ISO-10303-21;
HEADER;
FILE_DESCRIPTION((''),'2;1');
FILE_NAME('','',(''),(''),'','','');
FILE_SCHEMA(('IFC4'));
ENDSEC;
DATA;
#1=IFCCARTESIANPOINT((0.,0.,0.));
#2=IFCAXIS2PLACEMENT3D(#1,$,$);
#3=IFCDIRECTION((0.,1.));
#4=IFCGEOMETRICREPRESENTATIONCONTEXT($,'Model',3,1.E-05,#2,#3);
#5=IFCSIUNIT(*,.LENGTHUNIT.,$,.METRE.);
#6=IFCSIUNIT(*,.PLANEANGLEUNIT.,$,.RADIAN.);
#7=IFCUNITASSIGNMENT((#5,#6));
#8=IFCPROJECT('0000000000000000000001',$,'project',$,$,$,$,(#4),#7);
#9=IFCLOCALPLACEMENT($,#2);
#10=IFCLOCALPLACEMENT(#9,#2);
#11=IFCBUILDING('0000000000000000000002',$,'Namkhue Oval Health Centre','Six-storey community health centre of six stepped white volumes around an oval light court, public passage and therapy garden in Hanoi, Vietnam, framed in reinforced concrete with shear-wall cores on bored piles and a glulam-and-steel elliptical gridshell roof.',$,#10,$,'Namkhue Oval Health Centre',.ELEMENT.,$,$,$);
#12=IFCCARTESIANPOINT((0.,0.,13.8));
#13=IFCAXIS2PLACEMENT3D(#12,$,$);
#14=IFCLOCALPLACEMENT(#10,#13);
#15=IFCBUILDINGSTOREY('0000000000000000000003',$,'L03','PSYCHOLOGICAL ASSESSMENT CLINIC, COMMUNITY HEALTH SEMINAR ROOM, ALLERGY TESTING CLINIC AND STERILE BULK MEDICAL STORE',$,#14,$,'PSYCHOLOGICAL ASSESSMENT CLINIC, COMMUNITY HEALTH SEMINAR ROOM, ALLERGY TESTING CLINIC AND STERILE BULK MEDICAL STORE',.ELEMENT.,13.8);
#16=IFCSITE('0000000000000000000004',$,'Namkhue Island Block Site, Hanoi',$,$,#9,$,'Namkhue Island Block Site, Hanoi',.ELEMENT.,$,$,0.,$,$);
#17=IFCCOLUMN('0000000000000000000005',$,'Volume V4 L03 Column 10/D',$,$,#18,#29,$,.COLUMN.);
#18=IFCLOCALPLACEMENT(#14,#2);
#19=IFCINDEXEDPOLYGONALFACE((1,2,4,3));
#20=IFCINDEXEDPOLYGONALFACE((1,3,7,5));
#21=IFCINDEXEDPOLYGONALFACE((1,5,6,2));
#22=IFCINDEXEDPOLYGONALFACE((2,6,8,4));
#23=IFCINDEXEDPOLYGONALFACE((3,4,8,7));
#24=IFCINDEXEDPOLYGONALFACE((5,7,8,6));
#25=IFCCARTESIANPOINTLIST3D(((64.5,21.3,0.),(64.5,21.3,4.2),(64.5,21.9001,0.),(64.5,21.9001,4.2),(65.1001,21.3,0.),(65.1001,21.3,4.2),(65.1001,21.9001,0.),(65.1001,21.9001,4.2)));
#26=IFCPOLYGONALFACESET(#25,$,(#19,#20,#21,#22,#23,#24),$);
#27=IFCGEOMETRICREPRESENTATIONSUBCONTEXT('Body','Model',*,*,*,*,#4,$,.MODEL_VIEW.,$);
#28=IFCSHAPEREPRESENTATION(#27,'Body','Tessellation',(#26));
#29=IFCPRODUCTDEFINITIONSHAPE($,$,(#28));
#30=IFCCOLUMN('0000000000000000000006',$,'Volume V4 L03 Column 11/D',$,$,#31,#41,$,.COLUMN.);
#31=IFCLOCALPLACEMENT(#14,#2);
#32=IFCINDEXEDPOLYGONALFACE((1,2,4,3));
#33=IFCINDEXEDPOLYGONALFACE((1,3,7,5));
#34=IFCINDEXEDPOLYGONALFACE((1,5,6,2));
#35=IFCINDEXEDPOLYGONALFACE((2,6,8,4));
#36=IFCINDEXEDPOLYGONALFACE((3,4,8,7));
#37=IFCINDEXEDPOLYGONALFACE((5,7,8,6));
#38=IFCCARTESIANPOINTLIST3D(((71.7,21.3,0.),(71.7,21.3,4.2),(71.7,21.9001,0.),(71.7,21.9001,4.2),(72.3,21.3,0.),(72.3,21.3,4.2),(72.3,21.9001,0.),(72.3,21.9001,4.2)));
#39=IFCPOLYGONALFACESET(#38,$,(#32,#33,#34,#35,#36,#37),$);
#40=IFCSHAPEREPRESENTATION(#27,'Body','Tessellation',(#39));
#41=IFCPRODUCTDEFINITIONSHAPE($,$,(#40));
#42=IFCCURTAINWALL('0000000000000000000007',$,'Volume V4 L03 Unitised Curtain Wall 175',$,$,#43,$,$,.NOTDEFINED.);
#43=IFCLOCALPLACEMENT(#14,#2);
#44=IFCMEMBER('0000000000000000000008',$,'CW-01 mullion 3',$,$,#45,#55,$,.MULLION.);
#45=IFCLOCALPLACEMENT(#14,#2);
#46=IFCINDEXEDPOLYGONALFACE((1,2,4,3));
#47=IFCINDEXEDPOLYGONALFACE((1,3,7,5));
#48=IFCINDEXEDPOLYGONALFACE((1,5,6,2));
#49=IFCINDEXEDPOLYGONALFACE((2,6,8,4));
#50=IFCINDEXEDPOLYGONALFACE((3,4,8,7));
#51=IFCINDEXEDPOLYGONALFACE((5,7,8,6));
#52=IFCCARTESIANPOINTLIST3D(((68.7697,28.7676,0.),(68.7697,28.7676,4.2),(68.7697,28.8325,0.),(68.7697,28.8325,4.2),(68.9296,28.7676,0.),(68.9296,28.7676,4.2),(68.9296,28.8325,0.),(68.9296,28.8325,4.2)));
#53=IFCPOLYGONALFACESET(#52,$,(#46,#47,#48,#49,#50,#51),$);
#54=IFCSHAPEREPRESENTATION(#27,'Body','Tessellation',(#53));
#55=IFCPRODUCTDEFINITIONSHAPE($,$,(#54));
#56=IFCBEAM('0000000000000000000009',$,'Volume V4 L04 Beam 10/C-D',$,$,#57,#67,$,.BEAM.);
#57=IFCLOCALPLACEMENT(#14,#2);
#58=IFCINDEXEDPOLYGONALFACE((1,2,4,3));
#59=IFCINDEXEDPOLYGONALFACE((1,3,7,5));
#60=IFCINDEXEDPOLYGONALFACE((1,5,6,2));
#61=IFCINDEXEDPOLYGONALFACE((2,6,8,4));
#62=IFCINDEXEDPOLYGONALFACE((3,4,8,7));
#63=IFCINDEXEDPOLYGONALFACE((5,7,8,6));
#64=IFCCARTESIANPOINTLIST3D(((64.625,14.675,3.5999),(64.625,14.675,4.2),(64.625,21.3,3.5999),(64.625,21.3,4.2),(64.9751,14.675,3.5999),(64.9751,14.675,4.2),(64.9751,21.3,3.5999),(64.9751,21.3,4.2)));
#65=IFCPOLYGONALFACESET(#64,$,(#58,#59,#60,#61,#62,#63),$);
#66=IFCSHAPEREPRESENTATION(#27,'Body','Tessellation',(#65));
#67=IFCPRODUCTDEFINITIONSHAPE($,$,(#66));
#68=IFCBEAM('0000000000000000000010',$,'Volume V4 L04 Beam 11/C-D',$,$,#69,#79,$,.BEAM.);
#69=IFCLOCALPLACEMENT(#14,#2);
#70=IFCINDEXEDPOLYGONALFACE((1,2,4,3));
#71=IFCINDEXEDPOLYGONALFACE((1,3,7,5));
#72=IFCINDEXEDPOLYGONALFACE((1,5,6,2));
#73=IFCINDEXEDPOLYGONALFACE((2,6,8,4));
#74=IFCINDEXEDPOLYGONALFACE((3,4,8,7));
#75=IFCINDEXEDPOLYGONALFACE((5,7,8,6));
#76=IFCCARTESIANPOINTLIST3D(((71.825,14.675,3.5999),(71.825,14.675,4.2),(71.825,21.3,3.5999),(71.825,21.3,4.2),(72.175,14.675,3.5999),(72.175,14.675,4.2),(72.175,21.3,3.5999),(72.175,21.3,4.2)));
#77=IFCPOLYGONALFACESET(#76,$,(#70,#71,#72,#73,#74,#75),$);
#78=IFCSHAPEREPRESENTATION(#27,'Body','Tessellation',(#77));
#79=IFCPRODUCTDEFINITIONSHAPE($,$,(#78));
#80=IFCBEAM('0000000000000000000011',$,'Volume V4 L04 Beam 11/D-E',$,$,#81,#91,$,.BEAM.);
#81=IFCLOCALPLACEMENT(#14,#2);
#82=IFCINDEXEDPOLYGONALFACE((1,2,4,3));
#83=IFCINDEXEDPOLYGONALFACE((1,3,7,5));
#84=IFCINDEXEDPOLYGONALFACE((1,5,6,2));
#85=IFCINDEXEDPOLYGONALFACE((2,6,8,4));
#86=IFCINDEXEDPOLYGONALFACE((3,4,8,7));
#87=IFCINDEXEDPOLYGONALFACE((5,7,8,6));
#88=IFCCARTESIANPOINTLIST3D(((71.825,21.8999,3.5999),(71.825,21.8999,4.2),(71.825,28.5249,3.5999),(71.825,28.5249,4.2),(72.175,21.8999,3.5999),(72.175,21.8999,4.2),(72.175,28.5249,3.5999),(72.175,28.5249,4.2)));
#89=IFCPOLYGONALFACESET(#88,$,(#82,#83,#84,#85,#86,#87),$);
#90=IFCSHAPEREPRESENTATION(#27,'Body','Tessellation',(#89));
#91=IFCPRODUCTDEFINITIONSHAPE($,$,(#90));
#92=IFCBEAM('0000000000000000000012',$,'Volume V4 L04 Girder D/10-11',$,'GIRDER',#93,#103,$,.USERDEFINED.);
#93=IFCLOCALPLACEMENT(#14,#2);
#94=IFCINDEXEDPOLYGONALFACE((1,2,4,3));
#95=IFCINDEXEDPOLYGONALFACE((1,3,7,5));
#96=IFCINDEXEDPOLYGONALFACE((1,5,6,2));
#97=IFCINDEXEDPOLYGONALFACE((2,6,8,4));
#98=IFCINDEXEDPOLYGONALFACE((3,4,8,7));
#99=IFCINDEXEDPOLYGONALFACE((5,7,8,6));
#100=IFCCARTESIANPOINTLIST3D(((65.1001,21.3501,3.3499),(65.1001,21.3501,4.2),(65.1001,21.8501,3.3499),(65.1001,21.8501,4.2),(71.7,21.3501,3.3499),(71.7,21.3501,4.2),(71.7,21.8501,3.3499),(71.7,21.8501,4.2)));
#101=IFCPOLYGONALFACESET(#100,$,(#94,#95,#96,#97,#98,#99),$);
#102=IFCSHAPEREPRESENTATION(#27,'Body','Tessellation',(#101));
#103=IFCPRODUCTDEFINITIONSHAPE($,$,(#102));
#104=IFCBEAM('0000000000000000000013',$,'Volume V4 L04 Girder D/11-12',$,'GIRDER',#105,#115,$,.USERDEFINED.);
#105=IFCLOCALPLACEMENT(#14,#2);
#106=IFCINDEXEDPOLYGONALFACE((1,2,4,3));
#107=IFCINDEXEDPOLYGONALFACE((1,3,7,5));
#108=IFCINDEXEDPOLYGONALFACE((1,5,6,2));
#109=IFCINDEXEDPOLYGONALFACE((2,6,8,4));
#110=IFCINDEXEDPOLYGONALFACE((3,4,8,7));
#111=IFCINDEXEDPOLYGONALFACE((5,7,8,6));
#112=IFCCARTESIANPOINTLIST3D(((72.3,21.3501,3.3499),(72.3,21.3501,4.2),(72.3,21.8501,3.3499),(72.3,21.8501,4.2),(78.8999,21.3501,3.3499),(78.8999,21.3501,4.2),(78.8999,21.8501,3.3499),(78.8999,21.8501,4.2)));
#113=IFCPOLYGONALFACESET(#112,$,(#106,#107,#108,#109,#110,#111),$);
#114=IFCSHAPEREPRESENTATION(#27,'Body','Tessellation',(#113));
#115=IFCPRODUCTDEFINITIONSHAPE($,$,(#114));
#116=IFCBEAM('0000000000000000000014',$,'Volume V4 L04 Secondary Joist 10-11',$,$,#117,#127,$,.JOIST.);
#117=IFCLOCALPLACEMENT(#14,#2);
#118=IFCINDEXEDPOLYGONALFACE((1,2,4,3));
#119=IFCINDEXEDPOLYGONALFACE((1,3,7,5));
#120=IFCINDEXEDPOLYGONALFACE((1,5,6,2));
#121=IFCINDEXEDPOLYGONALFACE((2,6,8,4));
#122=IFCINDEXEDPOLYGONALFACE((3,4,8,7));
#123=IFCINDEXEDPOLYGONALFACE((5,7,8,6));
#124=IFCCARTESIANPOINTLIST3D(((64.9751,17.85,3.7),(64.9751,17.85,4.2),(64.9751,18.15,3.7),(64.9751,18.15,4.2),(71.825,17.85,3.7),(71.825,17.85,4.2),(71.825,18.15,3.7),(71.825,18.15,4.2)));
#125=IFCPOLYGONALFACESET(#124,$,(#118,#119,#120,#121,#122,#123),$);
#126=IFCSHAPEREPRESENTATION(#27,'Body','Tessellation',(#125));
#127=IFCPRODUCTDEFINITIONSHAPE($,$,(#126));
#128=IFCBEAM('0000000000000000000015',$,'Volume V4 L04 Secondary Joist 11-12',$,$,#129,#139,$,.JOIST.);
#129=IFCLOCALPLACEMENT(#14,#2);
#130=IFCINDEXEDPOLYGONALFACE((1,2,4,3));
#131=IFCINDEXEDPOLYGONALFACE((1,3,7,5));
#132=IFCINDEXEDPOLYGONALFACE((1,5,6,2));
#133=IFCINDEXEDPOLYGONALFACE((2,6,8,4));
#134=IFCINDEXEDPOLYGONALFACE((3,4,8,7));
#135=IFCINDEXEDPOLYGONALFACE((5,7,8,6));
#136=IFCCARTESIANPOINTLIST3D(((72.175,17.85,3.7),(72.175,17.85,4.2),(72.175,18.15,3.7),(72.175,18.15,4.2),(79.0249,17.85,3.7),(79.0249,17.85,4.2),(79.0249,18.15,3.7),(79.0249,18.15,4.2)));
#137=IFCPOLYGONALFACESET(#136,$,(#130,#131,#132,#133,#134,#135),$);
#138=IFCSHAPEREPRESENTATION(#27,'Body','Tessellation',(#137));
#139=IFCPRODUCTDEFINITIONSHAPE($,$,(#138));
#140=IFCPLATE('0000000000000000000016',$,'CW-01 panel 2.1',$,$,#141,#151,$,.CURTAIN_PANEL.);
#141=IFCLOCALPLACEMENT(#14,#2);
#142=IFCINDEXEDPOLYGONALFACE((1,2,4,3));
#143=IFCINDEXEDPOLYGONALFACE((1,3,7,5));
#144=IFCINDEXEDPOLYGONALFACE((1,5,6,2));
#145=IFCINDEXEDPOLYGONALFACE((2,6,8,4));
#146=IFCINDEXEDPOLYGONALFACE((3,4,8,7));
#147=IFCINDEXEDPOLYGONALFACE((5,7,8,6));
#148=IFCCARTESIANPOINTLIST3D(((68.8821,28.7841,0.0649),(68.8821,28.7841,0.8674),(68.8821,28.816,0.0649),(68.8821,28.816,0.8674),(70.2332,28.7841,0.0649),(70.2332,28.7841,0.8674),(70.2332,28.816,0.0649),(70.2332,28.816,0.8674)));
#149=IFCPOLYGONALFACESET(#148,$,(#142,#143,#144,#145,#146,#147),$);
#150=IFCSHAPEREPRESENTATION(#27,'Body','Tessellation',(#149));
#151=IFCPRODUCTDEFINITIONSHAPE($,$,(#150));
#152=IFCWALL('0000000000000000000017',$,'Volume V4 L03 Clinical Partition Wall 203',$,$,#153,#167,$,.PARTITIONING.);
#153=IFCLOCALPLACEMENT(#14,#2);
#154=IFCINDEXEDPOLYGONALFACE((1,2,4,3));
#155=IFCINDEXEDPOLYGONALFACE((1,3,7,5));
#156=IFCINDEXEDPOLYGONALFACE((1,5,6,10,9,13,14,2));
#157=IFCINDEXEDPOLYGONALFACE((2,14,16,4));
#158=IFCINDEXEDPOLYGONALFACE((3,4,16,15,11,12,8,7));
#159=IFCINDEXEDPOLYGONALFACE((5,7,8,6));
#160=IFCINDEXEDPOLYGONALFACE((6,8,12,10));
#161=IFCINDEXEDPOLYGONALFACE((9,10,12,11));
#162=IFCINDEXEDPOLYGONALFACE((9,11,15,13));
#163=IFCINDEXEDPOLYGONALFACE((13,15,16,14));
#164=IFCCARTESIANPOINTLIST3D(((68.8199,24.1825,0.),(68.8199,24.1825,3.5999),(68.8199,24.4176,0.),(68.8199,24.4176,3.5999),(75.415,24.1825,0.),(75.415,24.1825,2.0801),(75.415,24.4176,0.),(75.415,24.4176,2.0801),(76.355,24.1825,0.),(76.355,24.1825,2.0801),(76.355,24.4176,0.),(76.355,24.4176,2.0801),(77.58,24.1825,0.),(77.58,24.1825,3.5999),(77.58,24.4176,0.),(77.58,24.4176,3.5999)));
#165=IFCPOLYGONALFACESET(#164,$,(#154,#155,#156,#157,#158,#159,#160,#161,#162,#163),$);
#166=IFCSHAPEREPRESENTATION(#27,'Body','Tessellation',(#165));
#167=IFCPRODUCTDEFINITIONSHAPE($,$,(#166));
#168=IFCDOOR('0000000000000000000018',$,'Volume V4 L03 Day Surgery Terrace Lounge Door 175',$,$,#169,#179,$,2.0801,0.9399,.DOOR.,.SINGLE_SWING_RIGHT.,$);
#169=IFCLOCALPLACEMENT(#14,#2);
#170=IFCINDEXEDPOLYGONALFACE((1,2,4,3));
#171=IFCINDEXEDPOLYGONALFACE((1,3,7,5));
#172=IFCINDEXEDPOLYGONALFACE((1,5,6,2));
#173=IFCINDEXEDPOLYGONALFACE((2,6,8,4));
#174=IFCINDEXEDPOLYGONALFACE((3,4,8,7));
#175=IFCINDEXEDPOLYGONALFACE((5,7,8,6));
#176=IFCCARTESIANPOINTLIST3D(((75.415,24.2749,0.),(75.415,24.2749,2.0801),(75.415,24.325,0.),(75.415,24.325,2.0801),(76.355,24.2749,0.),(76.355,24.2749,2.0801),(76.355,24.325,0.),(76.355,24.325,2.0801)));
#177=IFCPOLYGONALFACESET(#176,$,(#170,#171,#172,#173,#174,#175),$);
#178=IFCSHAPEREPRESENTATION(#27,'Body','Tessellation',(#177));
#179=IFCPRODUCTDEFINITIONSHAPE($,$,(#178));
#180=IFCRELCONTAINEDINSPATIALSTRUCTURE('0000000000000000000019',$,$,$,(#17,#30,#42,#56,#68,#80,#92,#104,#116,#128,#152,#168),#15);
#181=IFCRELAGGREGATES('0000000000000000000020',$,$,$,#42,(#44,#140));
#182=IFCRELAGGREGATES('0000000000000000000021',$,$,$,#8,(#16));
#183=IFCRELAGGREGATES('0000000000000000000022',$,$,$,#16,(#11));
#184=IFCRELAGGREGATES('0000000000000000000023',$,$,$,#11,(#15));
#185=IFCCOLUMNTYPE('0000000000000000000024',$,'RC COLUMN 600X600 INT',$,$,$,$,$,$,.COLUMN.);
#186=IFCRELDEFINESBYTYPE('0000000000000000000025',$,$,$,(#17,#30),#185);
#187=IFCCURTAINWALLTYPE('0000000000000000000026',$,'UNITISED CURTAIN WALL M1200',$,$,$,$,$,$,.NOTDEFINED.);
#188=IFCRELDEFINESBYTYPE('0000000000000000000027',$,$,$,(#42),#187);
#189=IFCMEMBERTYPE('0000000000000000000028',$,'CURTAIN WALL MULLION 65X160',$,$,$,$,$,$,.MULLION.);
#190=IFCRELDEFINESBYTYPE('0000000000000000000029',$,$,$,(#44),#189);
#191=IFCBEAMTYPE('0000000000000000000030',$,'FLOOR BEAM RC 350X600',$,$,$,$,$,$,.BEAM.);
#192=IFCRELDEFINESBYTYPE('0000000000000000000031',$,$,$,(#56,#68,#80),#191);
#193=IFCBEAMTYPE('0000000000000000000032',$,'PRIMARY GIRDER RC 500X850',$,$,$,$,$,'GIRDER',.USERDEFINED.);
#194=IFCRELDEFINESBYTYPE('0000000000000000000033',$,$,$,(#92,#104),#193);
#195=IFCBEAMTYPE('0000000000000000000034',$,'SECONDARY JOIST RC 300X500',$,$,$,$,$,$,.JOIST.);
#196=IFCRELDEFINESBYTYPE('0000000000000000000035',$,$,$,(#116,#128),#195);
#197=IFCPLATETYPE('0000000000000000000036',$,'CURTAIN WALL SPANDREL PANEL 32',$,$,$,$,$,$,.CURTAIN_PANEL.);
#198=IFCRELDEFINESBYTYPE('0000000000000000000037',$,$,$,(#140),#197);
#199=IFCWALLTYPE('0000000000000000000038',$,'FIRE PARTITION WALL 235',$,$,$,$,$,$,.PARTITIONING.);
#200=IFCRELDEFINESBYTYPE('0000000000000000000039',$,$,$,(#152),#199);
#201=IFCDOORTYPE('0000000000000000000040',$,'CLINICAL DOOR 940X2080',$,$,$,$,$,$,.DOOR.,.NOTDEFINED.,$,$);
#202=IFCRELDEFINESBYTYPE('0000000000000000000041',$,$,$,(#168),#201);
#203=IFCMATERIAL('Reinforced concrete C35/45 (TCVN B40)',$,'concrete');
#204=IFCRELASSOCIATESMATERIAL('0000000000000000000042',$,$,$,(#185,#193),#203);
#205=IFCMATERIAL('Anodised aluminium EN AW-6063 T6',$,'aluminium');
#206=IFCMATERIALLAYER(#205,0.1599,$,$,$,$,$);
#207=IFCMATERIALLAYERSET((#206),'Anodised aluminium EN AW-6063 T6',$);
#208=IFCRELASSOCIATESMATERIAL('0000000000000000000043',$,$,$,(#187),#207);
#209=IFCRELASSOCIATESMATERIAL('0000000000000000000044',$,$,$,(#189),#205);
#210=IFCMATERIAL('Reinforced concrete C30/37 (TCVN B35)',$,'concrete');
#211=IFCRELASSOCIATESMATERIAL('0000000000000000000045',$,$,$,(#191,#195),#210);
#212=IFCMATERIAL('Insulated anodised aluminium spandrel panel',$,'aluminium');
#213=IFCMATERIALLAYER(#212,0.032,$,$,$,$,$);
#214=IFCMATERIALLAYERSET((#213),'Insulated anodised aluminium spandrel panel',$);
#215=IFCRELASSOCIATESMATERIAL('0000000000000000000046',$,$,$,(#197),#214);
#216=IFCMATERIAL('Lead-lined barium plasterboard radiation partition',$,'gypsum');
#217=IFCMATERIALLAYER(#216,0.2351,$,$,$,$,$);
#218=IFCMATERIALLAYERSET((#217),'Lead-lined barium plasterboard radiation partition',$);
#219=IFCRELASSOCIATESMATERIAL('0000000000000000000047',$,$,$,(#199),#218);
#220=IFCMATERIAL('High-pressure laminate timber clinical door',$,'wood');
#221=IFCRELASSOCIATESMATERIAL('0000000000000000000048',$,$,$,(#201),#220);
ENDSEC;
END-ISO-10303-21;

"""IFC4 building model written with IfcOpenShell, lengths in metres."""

from ifc_helpers import new_model, si_unit, direction, frame, frame_2d, origin, origin_2d, place, context, subcontext, project, spatial, rectangle, extrude, material, layer, layer_set, material_profile, profile_set, type_object, element, fill, aggregate, save


model = new_model("IFC4")

# Units and contexts
model_context = context("Model", 3, precision=1e-05, world=origin(), true_north=direction((0.0, 1.0)))
body_context = subcontext(model_context, "Body", "Model", "MODEL_VIEW")
ifc_project = project(units=[si_unit("LENGTHUNIT", "METRE"), si_unit("PLANEANGLEUNIT", "RADIAN")], contexts=[model_context])

# Site, building, storey
site_placement = place(None, origin())
site = spatial("IfcSite", under=ifc_project, at=site_placement, Name="Namkhue Island Block Site, Hanoi", LongName="Namkhue Island Block Site, Hanoi", CompositionType="ELEMENT", RefElevation=0.0)
building_placement = place(site_placement, origin())
building = spatial("IfcBuilding", under=site, at=building_placement, Name="Namkhue Oval Health Centre", Description="Six-storey community health centre of six stepped white volumes around an oval light court, public passage and therapy garden in Hanoi, Vietnam, framed in reinforced concrete with shear-wall cores on bored piles and a glulam-and-steel elliptical gridshell roof.", LongName="Namkhue Oval Health Centre", CompositionType="ELEMENT")
storey_placement = place(building_placement, frame((0.0, 0.0, 13.8)))
storey = spatial("IfcBuildingStorey", under=building, at=storey_placement, Name="L03", Description="PSYCHOLOGICAL ASSESSMENT CLINIC, COMMUNITY HEALTH SEMINAR ROOM, ALLERGY TESTING CLINIC AND STERILE BULK MEDICAL STORE", LongName="PSYCHOLOGICAL ASSESSMENT CLINIC, COMMUNITY HEALTH SEMINAR ROOM, ALLERGY TESTING CLINIC AND STERILE BULK MEDICAL STORE", CompositionType="ELEMENT", Elevation=13.8)

# Columns
ifc_material_1 = material(Name="Reinforced concrete C35/45 (TCVN B40)", Category="concrete")
ifc_material_profile_1 = material_profile(ifc_material_1, rectangle(XDim=0.6001, YDim=0.6001, at=origin_2d()), Name="RC 600x600")
ifc_profile_set_1 = profile_set([ifc_material_profile_1], Name="Reinforced concrete C35/45 (TCVN B40)")
column_type = type_object("IfcColumnType", Name="RC COLUMN 600X600 INT", PredefinedType="COLUMN", material=ifc_profile_set_1)
for number, where, z_axis, x_axis, name in (
    (1, (64.8, 21.6001, 0.0), (0.0, 0.0, 1.0), (1.0, 0.0, 0.0), "Volume V4 L03 Column 10/D"),
    (2, (72.0, 21.6001, 0.0), (0.0, 0.0, 1.0), (1.0, 0.0, 0.0), "Volume V4 L03 Column 11/D"),
):
    element("IfcColumn", number, at=place(storey_placement, frame(where, z_axis=z_axis, x_axis=x_axis)), inside=storey, type_object=column_type, Name=name, PredefinedType="COLUMN", context=body_context, shape_type="SweptSolid", body=[
        extrude(rectangle(XDim=0.6001, YDim=0.6001, at=origin_2d()), origin(), (0.0, 0.0, 1.0), 4.2),
    ])

# Curtain wall, member
ifc_material_2 = material(Name="Anodised aluminium EN AW-6063 T6", Category="aluminium")
ifc_layer_1 = layer(ifc_material_2, 0.1599)
ifc_layer_set_1 = layer_set([ifc_layer_1], Name="Anodised aluminium EN AW-6063 T6")
curtain_wall_type = type_object("IfcCurtainWallType", Name="UNITISED CURTAIN WALL M1200", PredefinedType="NOTDEFINED", material=ifc_layer_set_1)
curtain_wall_placement = place(storey_placement, origin())
curtain_wall = element("IfcCurtainWall", 3, at=curtain_wall_placement, inside=storey, type_object=curtain_wall_type, Name="Volume V4 L03 Unitised Curtain Wall 175", PredefinedType="NOTDEFINED")
ifc_material_profile_2 = material_profile(ifc_material_2, rectangle(XDim=0.0649, YDim=0.1599, at=origin_2d()), Name="ALU 65x160")
ifc_profile_set_2 = profile_set([ifc_material_profile_2], Name="Anodised aluminium EN AW-6063 T6")
member_type = type_object("IfcMemberType", Name="CURTAIN WALL MULLION 65X160", PredefinedType="MULLION", material=ifc_profile_set_2)
member_placement = place(storey_placement, frame((68.8496, 28.8, 0.0), z_axis=(0.0, 0.0, 1.0), x_axis=(0.0, -1.0, 0.0)))
member = element("IfcMember", 4, at=member_placement, type_object=member_type, Name="CW-01 mullion 3", PredefinedType="MULLION", context=body_context, shape_type="SweptSolid", body=[
    extrude(rectangle(XDim=0.0649, YDim=0.1599, at=origin_2d()), origin(), (0.0, 0.0, 1.0), 4.2),
])

# Beams
ifc_material_3 = material(Name="Reinforced concrete C30/37 (TCVN B35)", Category="concrete")
ifc_material_profile_3 = material_profile(ifc_material_3, rectangle(XDim=0.3501, YDim=0.6001, at=origin_2d()), Name="RC 350x600")
ifc_profile_set_3 = profile_set([ifc_material_profile_3], Name="Reinforced concrete C30/37 (TCVN B35)")
beam_type_1 = type_object("IfcBeamType", Name="FLOOR BEAM RC 350X600", PredefinedType="BEAM", material=ifc_profile_set_3)
for number, where, z_axis, x_axis, name in (
    (5, (64.8, 14.675, 3.8999), (0.0, 1.0, 0.0), (-1.0, 0.0, 0.0), "Volume V4 L04 Beam 10/C-D"),
    (6, (72.0, 14.675, 3.8999), (0.0, 1.0, 0.0), (-1.0, 0.0, 0.0), "Volume V4 L04 Beam 11/C-D"),
    (7, (72.0, 21.8999, 3.8999), (0.0, 1.0, 0.0), (-1.0, 0.0, 0.0), "Volume V4 L04 Beam 11/D-E"),
):
    element("IfcBeam", number, at=place(storey_placement, frame(where, z_axis=z_axis, x_axis=x_axis)), inside=storey, type_object=beam_type_1, Name=name, PredefinedType="BEAM", context=body_context, shape_type="SweptSolid", body=[
        extrude(rectangle(XDim=0.3501, YDim=0.6001, at=origin_2d()), origin(), (0.0, 0.0, 1.0), 6.625),
    ])
ifc_material_profile_4 = material_profile(ifc_material_1, rectangle(XDim=0.5, YDim=0.8501, at=origin_2d()), Name="RC 500x850")
ifc_profile_set_4 = profile_set([ifc_material_profile_4], Name="Reinforced concrete C35/45 (TCVN B40)")
beam_type_2 = type_object("IfcBeamType", Name="PRIMARY GIRDER RC 500X850", ElementType="GIRDER", PredefinedType="USERDEFINED", material=ifc_profile_set_4)
for number, where, z_axis, x_axis, name in (
    (8, (65.1001, 21.6001, 3.7749), (1.0, 0.0, 0.0), (0.0, 1.0, 0.0), "Volume V4 L04 Girder D/10-11"),
    (9, (72.3, 21.6001, 3.7749), (1.0, 0.0, 0.0), (0.0, 1.0, 0.0), "Volume V4 L04 Girder D/11-12"),
):
    element("IfcBeam", number, at=place(storey_placement, frame(where, z_axis=z_axis, x_axis=x_axis)), inside=storey, type_object=beam_type_2, Name=name, ObjectType="GIRDER", PredefinedType="USERDEFINED", context=body_context, shape_type="SweptSolid", body=[
        extrude(rectangle(XDim=0.5, YDim=0.8501, at=origin_2d()), origin(), (0.0, 0.0, 1.0), 6.5999),
    ])
ifc_material_profile_5 = material_profile(ifc_material_3, rectangle(XDim=0.3, YDim=0.5, at=origin_2d()), Name="RC 300x500")
ifc_profile_set_5 = profile_set([ifc_material_profile_5], Name="Reinforced concrete C30/37 (TCVN B35)")
beam_type_3 = type_object("IfcBeamType", Name="SECONDARY JOIST RC 300X500", PredefinedType="JOIST", material=ifc_profile_set_5)
for number, where, z_axis, x_axis, name in (
    (10, (64.9751, 18.0, 3.95), (1.0, 0.0, 0.0), (0.0, 1.0, 0.0), "Volume V4 L04 Secondary Joist 10-11"),
    (11, (72.175, 18.0, 3.95), (1.0, 0.0, 0.0), (0.0, 1.0, 0.0), "Volume V4 L04 Secondary Joist 11-12"),
):
    element("IfcBeam", number, at=place(storey_placement, frame(where, z_axis=z_axis, x_axis=x_axis)), inside=storey, type_object=beam_type_3, Name=name, PredefinedType="JOIST", context=body_context, shape_type="SweptSolid", body=[
        extrude(rectangle(XDim=0.3, YDim=0.5, at=origin_2d()), origin(), (0.0, 0.0, 1.0), 6.8499),
    ])

# Plate
ifc_material_4 = material(Name="Insulated anodised aluminium spandrel panel", Category="aluminium")
ifc_layer_2 = layer(ifc_material_4, 0.032)
ifc_layer_set_2 = layer_set([ifc_layer_2], Name="Insulated anodised aluminium spandrel panel")
plate_type = type_object("IfcPlateType", Name="CURTAIN WALL SPANDREL PANEL 32", PredefinedType="CURTAIN_PANEL", material=ifc_layer_set_2)
plate_placement = place(storey_placement, frame((69.5576, 28.8, 0.0649), z_axis=(0.0, 0.0, 1.0), x_axis=(-1.0, 0.0, 0.0)))
plate = element("IfcPlate", 12, at=plate_placement, type_object=plate_type, Name="CW-01 panel 2.1", PredefinedType="CURTAIN_PANEL", context=body_context, shape_type="SweptSolid", body=[
    extrude(rectangle(XDim=1.3511, YDim=0.032, at=origin_2d()), origin(), (0.0, 0.0, 1.0), 0.8025),
])
aggregate(curtain_wall, [member, plate])

# Wall, opening, door
ifc_material_5 = material(Name="Lead-lined barium plasterboard radiation partition", Category="gypsum")
ifc_layer_3 = layer(ifc_material_5, 0.2351)
ifc_layer_set_3 = layer_set([ifc_layer_3], Name="Lead-lined barium plasterboard radiation partition")
wall_type_1 = type_object("IfcWallType", Name="FIRE PARTITION WALL 235", PredefinedType="PARTITIONING", material=ifc_layer_set_3)
wall_1_placement = place(storey_placement, frame((68.8201, 24.3, 0.0), z_axis=(0.0, 0.0, 1.0), x_axis=(1.0, 0.0, 0.0)))
wall_1 = element("IfcWall", 13, at=wall_1_placement, inside=storey, type_object=wall_type_1, Name="Volume V4 L03 Clinical Partition Wall 203", PredefinedType="PARTITIONING", context=body_context, shape_type="SweptSolid", body=[
    extrude(rectangle(XDim=8.76, YDim=0.2351, at=frame_2d((4.3799, 0.0))), origin(), (0.0, 0.0, 1.0), 3.5999),
])
opening_1_placement = place(wall_1_placement, frame((6.595, 0.0, 0.0)))
opening_1 = element("IfcOpeningElement", 14, at=opening_1_placement, cuts=wall_1, PredefinedType="OPENING", context=body_context, shape_type="SweptSolid", body=[
    extrude(rectangle(XDim=0.9399, YDim=2.0801, at=frame_2d((0.47, 1.04))), frame((0.0, 0.1274, 0.0), z_axis=(0.0, -1.0, 0.0), x_axis=(1.0, 0.0, 0.0)), (0.0, 0.0, 1.0), 0.2551),
])
ifc_material_6 = material(Name="High-pressure laminate timber clinical door", Category="wood")
door_type_1 = type_object("IfcDoorType", Name="CLINICAL DOOR 940X2080", OperationType="NOTDEFINED", PredefinedType="DOOR", material=ifc_material_6)
door_1_placement = place(opening_1_placement, origin())
door_1 = element("IfcDoor", 15, at=door_1_placement, inside=storey, type_object=door_type_1, Name="Volume V4 L03 Day Surgery Terrace Lounge Door 175", OperationType="SINGLE_SWING_RIGHT", OverallHeight=2.0801, OverallWidth=0.9399, PredefinedType="DOOR", context=body_context, shape_type="SweptSolid", body=[
    extrude(rectangle(XDim=0.9399, YDim=2.0801, at=frame_2d((0.47, 1.04))), frame((0.0, 0.0249, 0.0), z_axis=(0.0, -1.0, 0.0), x_axis=(1.0, 0.0, 0.0)), (0.0, 0.0, 1.0), 0.05),
])
fill(opening_1, door_1)

save(model, "model.ifc")
